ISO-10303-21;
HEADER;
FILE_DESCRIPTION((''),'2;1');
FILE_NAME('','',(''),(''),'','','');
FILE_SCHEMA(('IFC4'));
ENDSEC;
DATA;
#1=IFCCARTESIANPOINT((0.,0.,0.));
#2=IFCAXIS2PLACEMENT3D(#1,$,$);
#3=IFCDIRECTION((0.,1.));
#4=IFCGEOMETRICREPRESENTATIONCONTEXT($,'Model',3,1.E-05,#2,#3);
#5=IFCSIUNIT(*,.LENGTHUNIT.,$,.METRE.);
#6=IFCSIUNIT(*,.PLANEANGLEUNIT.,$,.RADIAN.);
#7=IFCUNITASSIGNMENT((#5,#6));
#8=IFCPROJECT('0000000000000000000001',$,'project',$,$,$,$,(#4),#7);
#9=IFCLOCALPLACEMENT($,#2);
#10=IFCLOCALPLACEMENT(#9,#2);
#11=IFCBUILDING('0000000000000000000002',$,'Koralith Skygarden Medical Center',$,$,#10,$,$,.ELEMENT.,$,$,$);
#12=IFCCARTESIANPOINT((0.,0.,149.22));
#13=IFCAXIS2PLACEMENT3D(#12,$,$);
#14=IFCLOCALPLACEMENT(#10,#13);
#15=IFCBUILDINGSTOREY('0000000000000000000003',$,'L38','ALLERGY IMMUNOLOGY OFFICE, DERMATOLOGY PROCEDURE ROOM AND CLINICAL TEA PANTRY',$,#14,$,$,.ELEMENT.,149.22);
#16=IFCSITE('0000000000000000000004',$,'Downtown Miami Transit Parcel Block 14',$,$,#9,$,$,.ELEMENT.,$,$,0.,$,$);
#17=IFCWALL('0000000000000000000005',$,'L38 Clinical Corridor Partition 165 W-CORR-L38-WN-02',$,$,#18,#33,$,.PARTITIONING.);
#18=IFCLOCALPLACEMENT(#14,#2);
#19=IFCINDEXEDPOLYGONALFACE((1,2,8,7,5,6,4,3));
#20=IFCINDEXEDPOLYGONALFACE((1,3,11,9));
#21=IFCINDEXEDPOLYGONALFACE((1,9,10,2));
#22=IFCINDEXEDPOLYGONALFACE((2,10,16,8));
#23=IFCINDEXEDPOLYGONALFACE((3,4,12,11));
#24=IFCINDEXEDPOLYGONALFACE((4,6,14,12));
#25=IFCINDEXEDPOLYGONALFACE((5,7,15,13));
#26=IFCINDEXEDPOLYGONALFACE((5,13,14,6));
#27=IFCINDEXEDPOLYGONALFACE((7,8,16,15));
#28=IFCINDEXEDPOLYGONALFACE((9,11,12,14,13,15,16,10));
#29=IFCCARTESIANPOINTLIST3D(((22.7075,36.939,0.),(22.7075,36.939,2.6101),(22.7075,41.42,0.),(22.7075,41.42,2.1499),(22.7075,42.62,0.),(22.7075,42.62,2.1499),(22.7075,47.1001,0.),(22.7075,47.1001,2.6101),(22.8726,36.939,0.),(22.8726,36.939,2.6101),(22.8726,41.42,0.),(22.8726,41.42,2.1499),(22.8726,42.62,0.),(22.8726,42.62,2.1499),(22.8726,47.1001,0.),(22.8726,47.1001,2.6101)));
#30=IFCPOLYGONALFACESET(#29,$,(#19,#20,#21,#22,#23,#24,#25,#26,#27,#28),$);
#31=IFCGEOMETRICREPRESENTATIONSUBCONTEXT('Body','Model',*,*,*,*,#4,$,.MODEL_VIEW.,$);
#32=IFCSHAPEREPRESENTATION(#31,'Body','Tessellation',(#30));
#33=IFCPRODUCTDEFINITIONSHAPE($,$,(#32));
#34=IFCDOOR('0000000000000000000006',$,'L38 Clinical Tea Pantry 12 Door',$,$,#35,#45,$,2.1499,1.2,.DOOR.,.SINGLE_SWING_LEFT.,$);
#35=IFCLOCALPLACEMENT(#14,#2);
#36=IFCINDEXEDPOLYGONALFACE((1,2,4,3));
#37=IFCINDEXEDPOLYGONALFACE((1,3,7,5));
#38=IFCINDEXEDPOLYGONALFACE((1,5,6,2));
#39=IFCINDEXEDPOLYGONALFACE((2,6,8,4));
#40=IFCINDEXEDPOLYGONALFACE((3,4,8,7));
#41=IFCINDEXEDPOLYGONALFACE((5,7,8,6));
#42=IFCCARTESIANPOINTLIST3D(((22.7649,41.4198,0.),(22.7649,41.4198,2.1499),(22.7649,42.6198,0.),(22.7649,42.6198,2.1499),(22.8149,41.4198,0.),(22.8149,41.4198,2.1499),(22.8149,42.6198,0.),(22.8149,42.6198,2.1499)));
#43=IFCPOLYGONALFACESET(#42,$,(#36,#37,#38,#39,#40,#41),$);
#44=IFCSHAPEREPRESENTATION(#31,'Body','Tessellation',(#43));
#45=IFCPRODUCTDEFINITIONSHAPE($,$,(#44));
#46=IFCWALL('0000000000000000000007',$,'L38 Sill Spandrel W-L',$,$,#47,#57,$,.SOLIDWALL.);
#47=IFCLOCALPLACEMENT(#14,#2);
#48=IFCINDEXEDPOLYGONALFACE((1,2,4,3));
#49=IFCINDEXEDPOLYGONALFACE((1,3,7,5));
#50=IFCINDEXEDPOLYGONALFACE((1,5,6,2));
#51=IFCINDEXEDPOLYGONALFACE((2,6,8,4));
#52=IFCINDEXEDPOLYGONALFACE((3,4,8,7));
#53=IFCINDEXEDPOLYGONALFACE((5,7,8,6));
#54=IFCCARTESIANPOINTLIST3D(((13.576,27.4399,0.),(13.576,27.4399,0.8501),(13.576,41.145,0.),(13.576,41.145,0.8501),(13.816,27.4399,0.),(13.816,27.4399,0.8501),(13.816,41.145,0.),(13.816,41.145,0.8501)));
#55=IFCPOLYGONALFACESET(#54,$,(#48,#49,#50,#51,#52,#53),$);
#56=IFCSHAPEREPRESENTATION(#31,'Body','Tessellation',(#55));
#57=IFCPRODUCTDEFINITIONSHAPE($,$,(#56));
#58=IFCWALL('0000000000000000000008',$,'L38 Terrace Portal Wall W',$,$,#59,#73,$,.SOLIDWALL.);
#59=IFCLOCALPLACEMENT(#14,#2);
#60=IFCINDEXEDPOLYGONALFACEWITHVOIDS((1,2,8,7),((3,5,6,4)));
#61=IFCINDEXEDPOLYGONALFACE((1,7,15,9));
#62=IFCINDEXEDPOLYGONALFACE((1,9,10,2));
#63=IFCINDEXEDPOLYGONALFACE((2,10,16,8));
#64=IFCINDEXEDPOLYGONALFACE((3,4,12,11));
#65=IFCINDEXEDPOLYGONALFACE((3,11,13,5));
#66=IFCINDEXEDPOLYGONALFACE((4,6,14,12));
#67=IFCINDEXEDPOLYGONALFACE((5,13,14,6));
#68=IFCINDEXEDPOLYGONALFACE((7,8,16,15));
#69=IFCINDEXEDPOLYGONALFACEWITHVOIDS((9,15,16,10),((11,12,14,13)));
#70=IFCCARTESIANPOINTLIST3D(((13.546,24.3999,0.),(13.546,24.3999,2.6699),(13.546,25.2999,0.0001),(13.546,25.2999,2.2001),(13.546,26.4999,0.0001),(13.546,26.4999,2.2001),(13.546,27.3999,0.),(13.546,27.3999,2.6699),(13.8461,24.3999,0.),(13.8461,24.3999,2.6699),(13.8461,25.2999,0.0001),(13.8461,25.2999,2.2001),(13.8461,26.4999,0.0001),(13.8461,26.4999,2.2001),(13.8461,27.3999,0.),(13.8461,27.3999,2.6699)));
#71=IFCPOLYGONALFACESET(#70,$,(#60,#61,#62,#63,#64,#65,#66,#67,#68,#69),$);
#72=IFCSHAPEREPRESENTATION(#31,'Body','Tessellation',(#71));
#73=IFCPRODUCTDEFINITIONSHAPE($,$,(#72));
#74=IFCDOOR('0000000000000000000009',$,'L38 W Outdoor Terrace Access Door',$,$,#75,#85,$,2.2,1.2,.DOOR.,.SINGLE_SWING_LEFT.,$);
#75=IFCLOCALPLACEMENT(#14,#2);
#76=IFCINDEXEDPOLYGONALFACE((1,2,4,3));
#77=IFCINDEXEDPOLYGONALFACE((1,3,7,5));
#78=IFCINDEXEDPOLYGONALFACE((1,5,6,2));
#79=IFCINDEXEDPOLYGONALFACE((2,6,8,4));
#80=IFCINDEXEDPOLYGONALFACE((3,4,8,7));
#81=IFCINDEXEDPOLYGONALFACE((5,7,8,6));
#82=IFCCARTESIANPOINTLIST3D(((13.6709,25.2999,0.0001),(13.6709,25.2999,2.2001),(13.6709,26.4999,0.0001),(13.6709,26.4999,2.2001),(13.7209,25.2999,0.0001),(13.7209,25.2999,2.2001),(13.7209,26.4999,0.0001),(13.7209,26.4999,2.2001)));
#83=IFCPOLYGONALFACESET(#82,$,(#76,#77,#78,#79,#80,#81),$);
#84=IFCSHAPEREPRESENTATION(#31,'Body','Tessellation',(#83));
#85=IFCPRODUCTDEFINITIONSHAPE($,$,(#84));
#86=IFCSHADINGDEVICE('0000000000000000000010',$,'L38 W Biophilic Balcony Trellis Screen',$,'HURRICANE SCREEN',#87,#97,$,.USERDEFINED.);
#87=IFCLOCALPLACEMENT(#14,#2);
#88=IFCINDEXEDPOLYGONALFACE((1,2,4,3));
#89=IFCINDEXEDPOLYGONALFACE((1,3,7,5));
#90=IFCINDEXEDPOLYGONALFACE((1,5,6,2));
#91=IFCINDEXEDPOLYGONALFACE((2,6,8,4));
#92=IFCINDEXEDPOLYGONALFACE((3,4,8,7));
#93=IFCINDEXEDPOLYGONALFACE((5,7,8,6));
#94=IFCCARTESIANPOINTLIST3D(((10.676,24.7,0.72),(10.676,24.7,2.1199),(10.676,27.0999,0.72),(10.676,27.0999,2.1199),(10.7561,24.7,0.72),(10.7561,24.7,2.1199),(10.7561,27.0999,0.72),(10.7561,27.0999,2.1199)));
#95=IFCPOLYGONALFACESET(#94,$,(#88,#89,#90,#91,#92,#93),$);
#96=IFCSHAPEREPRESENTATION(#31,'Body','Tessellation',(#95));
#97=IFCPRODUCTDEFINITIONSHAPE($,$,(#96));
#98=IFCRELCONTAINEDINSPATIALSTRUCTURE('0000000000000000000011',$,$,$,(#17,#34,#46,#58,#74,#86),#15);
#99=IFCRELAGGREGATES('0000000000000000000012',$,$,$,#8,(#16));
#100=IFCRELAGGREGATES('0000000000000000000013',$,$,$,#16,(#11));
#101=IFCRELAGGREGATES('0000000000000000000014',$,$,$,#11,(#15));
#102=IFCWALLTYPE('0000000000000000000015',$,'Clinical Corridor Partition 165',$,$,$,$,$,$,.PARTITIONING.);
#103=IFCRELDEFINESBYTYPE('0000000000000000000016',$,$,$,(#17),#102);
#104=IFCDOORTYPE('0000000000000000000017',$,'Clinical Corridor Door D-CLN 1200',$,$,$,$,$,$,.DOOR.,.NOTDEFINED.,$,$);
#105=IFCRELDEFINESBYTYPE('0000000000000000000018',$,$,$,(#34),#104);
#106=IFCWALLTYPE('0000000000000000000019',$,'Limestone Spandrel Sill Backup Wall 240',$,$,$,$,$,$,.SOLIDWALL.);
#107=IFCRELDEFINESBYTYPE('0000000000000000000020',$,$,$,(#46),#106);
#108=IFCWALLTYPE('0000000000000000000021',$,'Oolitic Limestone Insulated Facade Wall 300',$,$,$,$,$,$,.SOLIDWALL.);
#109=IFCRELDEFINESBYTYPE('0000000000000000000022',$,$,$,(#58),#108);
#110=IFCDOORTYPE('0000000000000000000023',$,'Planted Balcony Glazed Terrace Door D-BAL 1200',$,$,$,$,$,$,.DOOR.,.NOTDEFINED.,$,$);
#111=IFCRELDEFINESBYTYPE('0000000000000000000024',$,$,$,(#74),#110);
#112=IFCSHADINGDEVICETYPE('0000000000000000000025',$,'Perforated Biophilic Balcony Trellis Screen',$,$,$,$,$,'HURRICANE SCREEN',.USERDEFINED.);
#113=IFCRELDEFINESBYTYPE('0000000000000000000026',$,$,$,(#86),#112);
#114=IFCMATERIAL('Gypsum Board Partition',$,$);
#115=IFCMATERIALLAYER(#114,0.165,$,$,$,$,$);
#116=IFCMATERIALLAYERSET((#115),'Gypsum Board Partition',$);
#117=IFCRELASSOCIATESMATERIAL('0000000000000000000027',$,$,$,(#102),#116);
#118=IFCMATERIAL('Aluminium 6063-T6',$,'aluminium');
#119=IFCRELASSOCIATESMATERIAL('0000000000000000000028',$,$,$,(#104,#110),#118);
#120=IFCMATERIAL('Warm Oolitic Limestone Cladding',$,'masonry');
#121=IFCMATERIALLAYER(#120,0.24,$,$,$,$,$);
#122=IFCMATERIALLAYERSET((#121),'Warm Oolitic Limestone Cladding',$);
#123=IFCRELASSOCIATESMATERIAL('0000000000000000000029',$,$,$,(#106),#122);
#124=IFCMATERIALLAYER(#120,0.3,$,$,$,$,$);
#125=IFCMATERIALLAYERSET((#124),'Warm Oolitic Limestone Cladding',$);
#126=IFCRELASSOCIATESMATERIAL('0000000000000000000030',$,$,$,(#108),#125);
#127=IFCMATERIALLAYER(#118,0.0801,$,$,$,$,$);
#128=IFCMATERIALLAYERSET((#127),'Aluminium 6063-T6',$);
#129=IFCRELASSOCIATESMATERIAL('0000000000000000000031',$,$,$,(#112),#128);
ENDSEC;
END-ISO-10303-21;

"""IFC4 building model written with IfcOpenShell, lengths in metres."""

from ifc_helpers import new_model, si_unit, direction, frame, frame_2d, origin, origin_2d, place, context, subcontext, project, spatial, rectangle, extrude, material, layer, layer_set, type_object, element, fill, save


model = new_model("IFC4")

# Units and contexts
model_context = context("Model", 3, precision=1e-05, world=origin(), true_north=direction((0.0, 1.0)))
body_context = subcontext(model_context, "Body", "Model", "MODEL_VIEW")
ifc_project = project(units=[si_unit("LENGTHUNIT", "METRE"), si_unit("PLANEANGLEUNIT", "RADIAN")], contexts=[model_context])

# Site, building, storey
site_placement = place(None, origin())
site = spatial("IfcSite", under=ifc_project, at=site_placement, Name="Downtown Miami Transit Parcel Block 14", CompositionType="ELEMENT", RefElevation=0.0)
building_placement = place(site_placement, origin())
building = spatial("IfcBuilding", under=site, at=building_placement, Name="Koralith Skygarden Medical Center", CompositionType="ELEMENT")
storey_placement = place(building_placement, frame((0.0, 0.0, 149.22)))
storey = spatial("IfcBuildingStorey", under=building, at=storey_placement, Name="L38", Description="ALLERGY IMMUNOLOGY OFFICE, DERMATOLOGY PROCEDURE ROOM AND CLINICAL TEA PANTRY", CompositionType="ELEMENT", Elevation=149.22)

# Shared definitions
ifc_material_1 = material(Name="Aluminium 6063-T6", Category="aluminium")

# Shared definitions
ifc_material_2 = material(Name="Gypsum Board Partition")
ifc_layer_1 = layer(ifc_material_2, 0.165)
ifc_layer_set_1 = layer_set([ifc_layer_1], Name="Gypsum Board Partition")
wall_type_1 = type_object("IfcWallType", Name="Clinical Corridor Partition 165", PredefinedType="PARTITIONING", material=ifc_layer_set_1)

# Wall, opening, door
door_type_1 = type_object("IfcDoorType", Name="Clinical Corridor Door D-CLN 1200", OperationType="NOTDEFINED", PredefinedType="DOOR", material=ifc_material_1)
wall_1_placement = place(storey_placement, frame((22.79, 36.939, 0.0), z_axis=(0.0, 0.0, 1.0), x_axis=(0.0, 1.0, 0.0)))
wall_1 = element("IfcWall", 1, at=wall_1_placement, inside=storey, type_object=wall_type_1, Name="L38 Clinical Corridor Partition 165 W-CORR-L38-WN-02", PredefinedType="PARTITIONING", context=body_context, shape_type="SweptSolid", body=[
    extrude(rectangle(XDim=10.1611, YDim=0.165, at=frame_2d((5.0806, 0.0))), origin(), (0.0, 0.0, 1.0), 2.6101),
])
opening_1_placement = place(wall_1_placement, frame((4.481, 0.0, 0.0)))
opening_1 = element("IfcOpeningElement", 2, at=opening_1_placement, cuts=wall_1, PredefinedType="OPENING", context=body_context, shape_type="SweptSolid", body=[
    extrude(rectangle(XDim=1.2, YDim=2.1499, at=frame_2d((0.6001, 1.075))), frame((0.0, 0.0925, 0.0), z_axis=(0.0, -1.0, 0.0), x_axis=(1.0, 0.0, 0.0)), (0.0, 0.0, 1.0), 0.1851),
])
door_1_placement = place(opening_1_placement, frame((1.2, 0.0, 0.0), z_axis=(0.0, 0.0, 1.0), x_axis=(-1.0, 0.0, 0.0)))
door_1 = element("IfcDoor", 3, at=door_1_placement, inside=storey, type_object=door_type_1, Name="L38 Clinical Tea Pantry 12 Door", OperationType="SINGLE_SWING_LEFT", OverallHeight=2.1499, OverallWidth=1.2, PredefinedType="DOOR", context=body_context, shape_type="SweptSolid", body=[
    extrude(rectangle(XDim=1.2, YDim=2.1499, at=frame_2d((0.6001, 1.075))), frame((0.0, 0.0249, 0.0), z_axis=(0.0, -1.0, 0.0), x_axis=(1.0, 0.0, 0.0)), (0.0, 0.0, 1.0), 0.05),
])
fill(opening_1, door_1)

# Wall
ifc_material_3 = material(Name="Warm Oolitic Limestone Cladding", Category="masonry")
ifc_layer_2 = layer(ifc_material_3, 0.24)
ifc_layer_set_2 = layer_set([ifc_layer_2], Name="Warm Oolitic Limestone Cladding")
wall_type_2 = type_object("IfcWallType", Name="Limestone Spandrel Sill Backup Wall 240", PredefinedType="SOLIDWALL", material=ifc_layer_set_2)
wall_2_placement = place(storey_placement, frame((13.696, 41.145, 0.0), z_axis=(0.0, 0.0, 1.0), x_axis=(0.0, -1.0, 0.0)))
element("IfcWall", 4, at=wall_2_placement, inside=storey, type_object=wall_type_2, Name="L38 Sill Spandrel W-L", PredefinedType="SOLIDWALL", context=body_context, shape_type="SweptSolid", body=[
    extrude(rectangle(XDim=13.7051, YDim=0.24, at=frame_2d((6.8525, 0.0))), origin(), (0.0, 0.0, 1.0), 0.8501),
])

# Wall, opening, door
ifc_layer_3 = layer(ifc_material_3, 0.3)
ifc_layer_set_3 = layer_set([ifc_layer_3], Name="Warm Oolitic Limestone Cladding")
wall_type_3 = type_object("IfcWallType", Name="Oolitic Limestone Insulated Facade Wall 300", PredefinedType="SOLIDWALL", material=ifc_layer_set_3)
wall_3_placement = place(storey_placement, frame((13.696, 27.3999, 0.0), z_axis=(0.0, 0.0, 1.0), x_axis=(0.0, -1.0, 0.0)))
wall_3 = element("IfcWall", 5, at=wall_3_placement, inside=storey, type_object=wall_type_3, Name="L38 Terrace Portal Wall W", PredefinedType="SOLIDWALL", context=body_context, shape_type="SweptSolid", body=[
    extrude(rectangle(XDim=3.0, YDim=0.3, at=frame_2d((1.5, 0.0))), origin(), (0.0, 0.0, 1.0), 2.6699),
])
opening_2_placement = place(wall_3_placement, frame((0.8999, 0.0, 0.0)))
opening_2 = element("IfcOpeningElement", 6, at=opening_2_placement, cuts=wall_3, PredefinedType="OPENING", context=body_context, shape_type="SweptSolid", body=[
    extrude(rectangle(XDim=1.2, YDim=2.2, at=frame_2d((0.6001, 1.1001))), frame((0.0, 0.1599, 0.0), z_axis=(0.0, -1.0, 0.0), x_axis=(1.0, 0.0, 0.0)), (0.0, 0.0, 1.0), 0.3201),
])
door_type_2 = type_object("IfcDoorType", Name="Planted Balcony Glazed Terrace Door D-BAL 1200", OperationType="NOTDEFINED", PredefinedType="DOOR", material=ifc_material_1)
door_2_placement = place(opening_2_placement, origin())
door_2 = element("IfcDoor", 7, at=door_2_placement, inside=storey, type_object=door_type_2, Name="L38 W Outdoor Terrace Access Door", OperationType="SINGLE_SWING_LEFT", OverallHeight=2.2, OverallWidth=1.2, PredefinedType="DOOR", context=body_context, shape_type="SweptSolid", body=[
    extrude(rectangle(XDim=1.2, YDim=2.2, at=frame_2d((0.6001, 1.1001))), frame((0.0, 0.0249, 0.0), z_axis=(0.0, -1.0, 0.0), x_axis=(1.0, 0.0, 0.0)), (0.0, 0.0, 1.0), 0.05),
])
fill(opening_2, door_2)

# Shading device
ifc_layer_4 = layer(ifc_material_1, 0.0801)
ifc_layer_set_4 = layer_set([ifc_layer_4], Name="Aluminium 6063-T6")
shading_device_type = type_object("IfcShadingDeviceType", Name="Perforated Biophilic Balcony Trellis Screen", ElementType="HURRICANE SCREEN", PredefinedType="USERDEFINED", material=ifc_layer_set_4)
shading_device_placement = place(storey_placement, frame((10.7161, 25.8999, 0.72), z_axis=(0.0, 0.0, 1.0), x_axis=(0.0, 1.0, 0.0)))
element("IfcShadingDevice", 8, at=shading_device_placement, inside=storey, type_object=shading_device_type, Name="L38 W Biophilic Balcony Trellis Screen", ObjectType="HURRICANE SCREEN", PredefinedType="USERDEFINED", context=body_context, shape_type="SweptSolid", body=[
    extrude(rectangle(XDim=2.3999, YDim=0.0801, at=origin_2d()), origin(), (0.0, 0.0, 1.0), 1.3999),
])

save(model, "model.ifc")
